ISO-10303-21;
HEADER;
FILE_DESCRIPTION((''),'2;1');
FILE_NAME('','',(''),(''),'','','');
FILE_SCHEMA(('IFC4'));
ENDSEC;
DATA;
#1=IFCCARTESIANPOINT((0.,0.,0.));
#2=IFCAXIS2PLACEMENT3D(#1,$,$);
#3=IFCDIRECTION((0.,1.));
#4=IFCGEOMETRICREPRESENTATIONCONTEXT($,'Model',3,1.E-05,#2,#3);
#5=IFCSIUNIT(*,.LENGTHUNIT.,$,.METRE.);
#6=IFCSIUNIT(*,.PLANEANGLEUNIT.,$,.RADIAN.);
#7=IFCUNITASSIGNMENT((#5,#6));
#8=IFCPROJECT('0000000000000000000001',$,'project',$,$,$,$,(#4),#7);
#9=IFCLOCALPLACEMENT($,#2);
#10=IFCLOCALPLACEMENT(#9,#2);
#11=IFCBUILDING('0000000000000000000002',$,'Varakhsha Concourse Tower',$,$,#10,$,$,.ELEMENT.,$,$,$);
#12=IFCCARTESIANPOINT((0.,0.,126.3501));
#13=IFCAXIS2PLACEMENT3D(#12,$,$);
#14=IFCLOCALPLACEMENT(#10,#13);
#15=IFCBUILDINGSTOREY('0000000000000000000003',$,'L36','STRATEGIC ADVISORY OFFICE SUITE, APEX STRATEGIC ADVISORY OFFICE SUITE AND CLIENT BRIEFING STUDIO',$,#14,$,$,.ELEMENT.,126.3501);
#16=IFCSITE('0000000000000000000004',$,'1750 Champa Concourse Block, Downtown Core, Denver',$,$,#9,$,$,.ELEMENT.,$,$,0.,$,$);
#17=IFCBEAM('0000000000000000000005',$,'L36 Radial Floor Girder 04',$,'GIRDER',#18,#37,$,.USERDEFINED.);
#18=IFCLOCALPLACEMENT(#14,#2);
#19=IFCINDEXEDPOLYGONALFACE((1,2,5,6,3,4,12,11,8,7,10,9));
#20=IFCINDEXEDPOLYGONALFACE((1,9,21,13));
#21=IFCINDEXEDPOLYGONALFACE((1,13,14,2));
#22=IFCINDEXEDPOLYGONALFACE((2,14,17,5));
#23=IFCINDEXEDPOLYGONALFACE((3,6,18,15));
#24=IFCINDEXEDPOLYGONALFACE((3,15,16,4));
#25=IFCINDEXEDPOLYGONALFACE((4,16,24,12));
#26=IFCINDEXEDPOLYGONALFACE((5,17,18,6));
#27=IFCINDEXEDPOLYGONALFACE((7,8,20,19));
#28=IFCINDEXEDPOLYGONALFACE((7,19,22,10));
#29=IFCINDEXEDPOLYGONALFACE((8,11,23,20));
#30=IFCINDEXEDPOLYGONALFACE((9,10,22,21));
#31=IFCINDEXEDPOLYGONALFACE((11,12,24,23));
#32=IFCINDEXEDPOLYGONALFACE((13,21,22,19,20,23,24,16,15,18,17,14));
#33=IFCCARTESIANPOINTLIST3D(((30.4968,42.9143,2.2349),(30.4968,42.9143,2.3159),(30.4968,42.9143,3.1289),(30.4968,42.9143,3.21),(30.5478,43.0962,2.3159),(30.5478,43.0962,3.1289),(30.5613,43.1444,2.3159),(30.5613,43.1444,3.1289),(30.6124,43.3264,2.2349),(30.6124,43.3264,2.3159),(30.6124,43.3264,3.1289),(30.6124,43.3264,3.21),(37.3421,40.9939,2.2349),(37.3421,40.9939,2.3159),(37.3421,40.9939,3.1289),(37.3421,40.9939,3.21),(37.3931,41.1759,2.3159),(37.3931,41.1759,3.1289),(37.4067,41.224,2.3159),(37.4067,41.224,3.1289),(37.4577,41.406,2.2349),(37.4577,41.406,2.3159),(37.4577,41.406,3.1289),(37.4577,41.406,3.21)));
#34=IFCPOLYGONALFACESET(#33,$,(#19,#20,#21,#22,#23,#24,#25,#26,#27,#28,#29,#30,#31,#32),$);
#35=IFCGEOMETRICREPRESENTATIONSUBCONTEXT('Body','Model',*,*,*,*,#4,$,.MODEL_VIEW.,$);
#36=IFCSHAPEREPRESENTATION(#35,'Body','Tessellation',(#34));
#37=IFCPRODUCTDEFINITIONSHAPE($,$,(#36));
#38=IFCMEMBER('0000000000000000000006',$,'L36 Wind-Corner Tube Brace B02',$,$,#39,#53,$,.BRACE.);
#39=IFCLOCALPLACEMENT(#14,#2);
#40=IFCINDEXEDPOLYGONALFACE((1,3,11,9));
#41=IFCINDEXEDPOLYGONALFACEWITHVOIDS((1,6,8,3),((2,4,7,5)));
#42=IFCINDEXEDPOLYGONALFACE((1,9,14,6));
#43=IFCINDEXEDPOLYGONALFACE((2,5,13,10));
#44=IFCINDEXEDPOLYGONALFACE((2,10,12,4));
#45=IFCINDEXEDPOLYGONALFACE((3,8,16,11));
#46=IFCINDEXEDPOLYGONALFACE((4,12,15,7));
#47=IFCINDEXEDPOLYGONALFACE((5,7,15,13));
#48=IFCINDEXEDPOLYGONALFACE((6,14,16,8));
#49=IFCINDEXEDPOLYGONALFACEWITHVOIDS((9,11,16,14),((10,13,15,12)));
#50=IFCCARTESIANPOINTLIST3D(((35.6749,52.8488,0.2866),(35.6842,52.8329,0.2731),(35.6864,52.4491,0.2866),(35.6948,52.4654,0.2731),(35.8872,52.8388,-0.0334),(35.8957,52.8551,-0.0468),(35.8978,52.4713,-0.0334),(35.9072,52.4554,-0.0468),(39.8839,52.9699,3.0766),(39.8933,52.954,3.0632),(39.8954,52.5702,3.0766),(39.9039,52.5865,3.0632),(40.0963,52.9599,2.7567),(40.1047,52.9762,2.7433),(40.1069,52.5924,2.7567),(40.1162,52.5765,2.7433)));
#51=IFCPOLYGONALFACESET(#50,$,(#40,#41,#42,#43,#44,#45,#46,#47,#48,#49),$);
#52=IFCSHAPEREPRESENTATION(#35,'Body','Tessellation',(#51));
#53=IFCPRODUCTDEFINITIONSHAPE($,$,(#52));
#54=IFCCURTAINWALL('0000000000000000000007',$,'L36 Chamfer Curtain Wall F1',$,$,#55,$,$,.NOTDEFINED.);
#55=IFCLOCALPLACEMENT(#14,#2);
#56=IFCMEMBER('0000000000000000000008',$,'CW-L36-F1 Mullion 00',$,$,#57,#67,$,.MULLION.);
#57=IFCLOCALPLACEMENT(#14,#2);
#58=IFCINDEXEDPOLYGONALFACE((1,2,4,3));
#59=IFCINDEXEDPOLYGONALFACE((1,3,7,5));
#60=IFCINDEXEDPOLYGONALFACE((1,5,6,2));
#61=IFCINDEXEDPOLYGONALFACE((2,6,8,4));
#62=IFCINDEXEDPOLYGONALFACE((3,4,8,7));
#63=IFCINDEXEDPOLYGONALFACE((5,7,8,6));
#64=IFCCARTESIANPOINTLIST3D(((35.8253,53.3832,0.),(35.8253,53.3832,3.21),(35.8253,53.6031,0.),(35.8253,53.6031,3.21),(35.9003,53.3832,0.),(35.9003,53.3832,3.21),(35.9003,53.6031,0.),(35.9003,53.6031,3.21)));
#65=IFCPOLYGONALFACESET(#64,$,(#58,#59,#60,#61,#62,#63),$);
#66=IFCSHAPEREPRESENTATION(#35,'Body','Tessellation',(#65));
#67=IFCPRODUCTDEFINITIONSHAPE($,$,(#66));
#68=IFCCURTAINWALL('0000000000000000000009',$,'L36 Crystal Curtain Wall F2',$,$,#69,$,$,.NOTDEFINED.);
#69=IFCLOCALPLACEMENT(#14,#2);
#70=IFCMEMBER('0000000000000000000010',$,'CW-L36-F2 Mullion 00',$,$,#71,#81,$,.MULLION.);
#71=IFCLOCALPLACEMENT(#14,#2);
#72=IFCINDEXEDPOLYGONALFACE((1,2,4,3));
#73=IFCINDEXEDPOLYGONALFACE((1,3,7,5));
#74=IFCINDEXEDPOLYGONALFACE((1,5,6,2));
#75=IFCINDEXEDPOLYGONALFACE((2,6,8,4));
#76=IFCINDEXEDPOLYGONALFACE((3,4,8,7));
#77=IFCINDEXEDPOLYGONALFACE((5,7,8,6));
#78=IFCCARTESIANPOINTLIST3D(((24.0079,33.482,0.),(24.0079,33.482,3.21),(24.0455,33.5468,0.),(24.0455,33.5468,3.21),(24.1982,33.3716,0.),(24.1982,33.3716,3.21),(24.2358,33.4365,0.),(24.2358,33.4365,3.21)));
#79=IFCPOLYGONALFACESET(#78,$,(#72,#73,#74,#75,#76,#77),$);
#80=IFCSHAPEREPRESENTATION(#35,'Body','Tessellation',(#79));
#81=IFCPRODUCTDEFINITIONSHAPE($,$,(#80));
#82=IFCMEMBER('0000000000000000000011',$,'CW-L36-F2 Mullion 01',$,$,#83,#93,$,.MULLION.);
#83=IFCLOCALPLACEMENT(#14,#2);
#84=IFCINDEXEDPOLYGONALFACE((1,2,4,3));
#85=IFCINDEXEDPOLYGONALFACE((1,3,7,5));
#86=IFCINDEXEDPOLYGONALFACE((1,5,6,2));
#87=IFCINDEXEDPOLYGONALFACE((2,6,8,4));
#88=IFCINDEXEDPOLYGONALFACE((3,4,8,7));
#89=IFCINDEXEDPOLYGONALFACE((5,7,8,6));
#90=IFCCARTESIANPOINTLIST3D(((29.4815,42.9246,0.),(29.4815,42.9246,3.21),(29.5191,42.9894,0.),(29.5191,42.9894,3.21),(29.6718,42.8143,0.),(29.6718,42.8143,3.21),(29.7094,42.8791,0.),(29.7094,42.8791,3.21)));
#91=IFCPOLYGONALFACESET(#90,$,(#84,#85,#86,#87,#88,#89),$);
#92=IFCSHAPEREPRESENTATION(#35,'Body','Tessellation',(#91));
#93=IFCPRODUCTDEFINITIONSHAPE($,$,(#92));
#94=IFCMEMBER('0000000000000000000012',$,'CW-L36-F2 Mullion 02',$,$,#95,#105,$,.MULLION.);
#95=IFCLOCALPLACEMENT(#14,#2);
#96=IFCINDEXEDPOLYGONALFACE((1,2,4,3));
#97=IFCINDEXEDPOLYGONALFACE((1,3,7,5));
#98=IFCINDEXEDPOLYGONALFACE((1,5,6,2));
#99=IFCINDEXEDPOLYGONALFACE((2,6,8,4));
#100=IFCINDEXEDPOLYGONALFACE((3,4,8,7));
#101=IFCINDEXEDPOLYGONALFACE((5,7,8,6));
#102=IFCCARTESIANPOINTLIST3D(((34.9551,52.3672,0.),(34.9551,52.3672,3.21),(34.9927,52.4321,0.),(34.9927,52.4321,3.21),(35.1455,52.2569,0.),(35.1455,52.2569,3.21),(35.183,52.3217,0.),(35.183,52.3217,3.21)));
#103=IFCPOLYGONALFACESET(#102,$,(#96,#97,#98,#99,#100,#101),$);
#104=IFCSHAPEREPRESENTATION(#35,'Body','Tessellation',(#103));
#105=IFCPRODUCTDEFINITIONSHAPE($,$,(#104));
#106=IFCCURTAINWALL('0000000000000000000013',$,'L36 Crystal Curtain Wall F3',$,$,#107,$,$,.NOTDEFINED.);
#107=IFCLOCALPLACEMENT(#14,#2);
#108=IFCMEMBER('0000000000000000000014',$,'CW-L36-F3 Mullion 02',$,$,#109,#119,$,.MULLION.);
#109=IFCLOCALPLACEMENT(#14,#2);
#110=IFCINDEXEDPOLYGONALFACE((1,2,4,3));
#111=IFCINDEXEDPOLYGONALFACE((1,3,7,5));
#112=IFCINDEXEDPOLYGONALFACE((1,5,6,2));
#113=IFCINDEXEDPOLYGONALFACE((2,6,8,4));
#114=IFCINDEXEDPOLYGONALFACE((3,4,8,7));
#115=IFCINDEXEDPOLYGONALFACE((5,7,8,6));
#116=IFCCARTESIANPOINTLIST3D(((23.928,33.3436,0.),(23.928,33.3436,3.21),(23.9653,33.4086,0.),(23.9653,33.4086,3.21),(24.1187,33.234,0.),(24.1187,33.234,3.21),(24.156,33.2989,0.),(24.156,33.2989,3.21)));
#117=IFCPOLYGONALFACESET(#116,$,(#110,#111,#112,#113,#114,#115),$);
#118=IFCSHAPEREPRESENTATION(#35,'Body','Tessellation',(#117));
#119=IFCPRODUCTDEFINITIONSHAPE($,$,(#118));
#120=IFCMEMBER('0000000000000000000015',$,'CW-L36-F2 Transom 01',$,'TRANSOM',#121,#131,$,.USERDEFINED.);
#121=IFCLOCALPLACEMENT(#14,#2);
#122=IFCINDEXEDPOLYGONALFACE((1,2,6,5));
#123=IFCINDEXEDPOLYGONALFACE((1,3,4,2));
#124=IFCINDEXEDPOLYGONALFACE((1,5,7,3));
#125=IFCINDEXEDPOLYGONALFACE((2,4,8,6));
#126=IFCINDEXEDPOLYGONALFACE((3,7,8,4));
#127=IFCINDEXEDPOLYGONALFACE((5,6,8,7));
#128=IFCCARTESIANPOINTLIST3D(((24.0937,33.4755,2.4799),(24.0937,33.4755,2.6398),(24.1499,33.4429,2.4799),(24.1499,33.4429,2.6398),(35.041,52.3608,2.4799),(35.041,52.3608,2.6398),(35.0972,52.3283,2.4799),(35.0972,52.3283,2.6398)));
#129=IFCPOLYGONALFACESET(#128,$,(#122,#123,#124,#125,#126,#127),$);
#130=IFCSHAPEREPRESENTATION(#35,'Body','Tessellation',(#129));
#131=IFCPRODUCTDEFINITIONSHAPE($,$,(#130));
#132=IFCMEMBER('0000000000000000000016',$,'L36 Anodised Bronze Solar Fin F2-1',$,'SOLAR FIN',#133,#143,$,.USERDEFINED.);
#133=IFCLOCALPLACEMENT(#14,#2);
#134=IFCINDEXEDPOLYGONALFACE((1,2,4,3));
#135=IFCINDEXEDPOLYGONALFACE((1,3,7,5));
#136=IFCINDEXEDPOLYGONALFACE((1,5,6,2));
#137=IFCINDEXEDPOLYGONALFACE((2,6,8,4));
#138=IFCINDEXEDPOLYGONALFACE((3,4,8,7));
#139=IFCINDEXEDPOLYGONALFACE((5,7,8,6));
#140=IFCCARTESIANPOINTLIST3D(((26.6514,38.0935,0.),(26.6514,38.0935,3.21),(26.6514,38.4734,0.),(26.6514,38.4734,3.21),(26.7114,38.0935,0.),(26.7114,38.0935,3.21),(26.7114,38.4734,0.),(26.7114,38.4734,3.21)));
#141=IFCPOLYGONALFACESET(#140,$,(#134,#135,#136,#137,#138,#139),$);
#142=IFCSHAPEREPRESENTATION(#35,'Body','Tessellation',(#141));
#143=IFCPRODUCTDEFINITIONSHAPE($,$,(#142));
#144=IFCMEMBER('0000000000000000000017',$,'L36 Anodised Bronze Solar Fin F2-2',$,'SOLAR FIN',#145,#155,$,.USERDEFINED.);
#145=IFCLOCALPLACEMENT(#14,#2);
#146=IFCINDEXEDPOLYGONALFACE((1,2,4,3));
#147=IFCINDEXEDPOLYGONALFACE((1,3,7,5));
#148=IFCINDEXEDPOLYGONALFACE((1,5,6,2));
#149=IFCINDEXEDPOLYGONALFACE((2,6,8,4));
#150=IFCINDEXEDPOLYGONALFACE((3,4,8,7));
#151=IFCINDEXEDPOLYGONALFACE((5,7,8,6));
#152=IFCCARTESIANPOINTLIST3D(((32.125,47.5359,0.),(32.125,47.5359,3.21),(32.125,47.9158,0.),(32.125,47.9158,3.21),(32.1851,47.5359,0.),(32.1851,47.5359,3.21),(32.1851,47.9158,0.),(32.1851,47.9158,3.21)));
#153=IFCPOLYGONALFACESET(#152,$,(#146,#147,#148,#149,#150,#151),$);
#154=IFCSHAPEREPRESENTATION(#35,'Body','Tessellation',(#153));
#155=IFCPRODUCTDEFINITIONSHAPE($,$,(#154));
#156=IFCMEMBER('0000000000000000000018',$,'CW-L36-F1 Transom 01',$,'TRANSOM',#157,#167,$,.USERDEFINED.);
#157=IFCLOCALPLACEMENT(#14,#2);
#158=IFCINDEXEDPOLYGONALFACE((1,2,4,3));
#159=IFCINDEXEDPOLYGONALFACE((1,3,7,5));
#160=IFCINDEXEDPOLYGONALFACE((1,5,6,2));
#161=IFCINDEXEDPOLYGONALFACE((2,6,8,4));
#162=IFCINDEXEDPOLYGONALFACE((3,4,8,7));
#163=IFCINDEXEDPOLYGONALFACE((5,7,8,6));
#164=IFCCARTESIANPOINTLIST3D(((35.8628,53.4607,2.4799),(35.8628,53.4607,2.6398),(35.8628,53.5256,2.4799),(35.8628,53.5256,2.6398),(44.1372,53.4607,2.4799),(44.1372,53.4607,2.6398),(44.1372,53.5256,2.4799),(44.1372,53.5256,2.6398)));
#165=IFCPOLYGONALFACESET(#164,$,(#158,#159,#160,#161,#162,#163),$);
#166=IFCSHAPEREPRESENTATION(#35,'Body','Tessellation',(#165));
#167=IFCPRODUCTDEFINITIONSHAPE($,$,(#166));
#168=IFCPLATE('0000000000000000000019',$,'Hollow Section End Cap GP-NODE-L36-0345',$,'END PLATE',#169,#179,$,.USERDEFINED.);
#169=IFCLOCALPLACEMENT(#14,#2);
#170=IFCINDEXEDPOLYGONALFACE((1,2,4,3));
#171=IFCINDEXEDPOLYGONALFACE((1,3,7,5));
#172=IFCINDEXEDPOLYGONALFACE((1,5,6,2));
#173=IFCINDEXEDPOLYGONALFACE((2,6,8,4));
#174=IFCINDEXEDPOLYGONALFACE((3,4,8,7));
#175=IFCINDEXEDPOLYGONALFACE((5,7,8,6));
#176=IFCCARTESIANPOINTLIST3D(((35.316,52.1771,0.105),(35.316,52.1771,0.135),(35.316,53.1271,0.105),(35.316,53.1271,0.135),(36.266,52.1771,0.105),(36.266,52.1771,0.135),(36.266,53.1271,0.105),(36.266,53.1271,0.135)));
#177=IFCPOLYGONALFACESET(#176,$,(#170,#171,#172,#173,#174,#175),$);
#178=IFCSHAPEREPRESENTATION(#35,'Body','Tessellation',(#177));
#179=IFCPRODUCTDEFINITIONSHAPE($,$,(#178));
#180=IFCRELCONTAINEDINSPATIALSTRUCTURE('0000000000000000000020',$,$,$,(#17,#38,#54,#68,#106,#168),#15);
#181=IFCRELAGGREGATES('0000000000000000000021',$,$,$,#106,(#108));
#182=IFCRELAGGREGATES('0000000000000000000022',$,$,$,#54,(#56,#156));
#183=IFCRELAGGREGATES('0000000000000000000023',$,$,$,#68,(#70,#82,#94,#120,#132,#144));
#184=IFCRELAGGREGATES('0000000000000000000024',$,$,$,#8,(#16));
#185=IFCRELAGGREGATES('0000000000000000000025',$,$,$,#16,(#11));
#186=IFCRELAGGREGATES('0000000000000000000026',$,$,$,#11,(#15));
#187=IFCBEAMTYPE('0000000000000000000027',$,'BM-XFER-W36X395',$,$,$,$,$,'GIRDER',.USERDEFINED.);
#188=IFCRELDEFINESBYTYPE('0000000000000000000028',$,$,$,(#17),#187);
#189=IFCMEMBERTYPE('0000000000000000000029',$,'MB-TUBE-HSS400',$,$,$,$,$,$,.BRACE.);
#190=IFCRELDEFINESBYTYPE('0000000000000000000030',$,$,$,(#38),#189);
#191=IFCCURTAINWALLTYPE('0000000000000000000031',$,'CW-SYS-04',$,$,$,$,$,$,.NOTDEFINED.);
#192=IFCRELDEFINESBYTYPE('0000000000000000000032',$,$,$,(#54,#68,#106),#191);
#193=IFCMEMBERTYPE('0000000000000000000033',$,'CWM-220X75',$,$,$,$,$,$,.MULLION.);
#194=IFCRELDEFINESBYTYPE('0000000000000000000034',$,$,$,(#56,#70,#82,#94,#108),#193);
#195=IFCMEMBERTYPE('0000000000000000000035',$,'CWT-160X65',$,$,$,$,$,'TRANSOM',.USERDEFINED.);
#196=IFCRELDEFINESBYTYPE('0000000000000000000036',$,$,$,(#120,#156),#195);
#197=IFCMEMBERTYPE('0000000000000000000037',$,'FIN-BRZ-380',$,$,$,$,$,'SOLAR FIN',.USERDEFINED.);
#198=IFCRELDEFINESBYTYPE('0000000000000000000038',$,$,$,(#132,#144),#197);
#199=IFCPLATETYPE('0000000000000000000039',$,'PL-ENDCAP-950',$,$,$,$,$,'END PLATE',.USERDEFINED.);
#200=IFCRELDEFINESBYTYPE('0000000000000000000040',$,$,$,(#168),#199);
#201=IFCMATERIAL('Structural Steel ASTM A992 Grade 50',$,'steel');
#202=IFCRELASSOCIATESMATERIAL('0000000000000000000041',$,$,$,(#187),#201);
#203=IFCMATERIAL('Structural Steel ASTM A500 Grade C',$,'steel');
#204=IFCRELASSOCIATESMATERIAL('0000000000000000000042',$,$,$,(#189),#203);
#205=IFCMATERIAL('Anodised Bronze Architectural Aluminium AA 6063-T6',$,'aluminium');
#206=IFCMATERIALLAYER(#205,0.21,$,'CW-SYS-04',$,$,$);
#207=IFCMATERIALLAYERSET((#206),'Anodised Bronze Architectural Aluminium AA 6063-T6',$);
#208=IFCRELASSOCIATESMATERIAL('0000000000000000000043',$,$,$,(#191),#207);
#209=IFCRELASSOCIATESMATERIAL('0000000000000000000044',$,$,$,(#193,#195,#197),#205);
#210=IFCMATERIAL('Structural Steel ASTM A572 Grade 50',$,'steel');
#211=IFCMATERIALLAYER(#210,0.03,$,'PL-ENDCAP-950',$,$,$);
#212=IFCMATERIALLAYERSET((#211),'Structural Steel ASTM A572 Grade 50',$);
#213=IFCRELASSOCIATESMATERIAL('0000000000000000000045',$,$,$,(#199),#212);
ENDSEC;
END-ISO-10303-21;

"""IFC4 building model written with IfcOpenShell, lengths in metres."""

from ifc_helpers import new_model, si_unit, direction, frame, origin, origin_2d, place, context, subcontext, project, spatial, rectangle, hollow_rectangle, i_section, extrude, source, transform, mapped, material, layer, layer_set, material_profile, profile_set, type_object, type_shapes, element, aggregate, save


model = new_model("IFC4")

# Units and contexts
model_context = context("Model", 3, precision=1e-05, world=origin(), true_north=direction((0.0, 1.0)))
body_context = subcontext(model_context, "Body", "Model", "MODEL_VIEW")
ifc_project = project(units=[si_unit("LENGTHUNIT", "METRE"), si_unit("PLANEANGLEUNIT", "RADIAN")], contexts=[model_context])

# Site, building, storey
site_placement = place(None, origin())
site = spatial("IfcSite", under=ifc_project, at=site_placement, Name="1750 Champa Concourse Block, Downtown Core, Denver", CompositionType="ELEMENT", RefElevation=0.0)
building_placement = place(site_placement, origin())
building = spatial("IfcBuilding", under=site, at=building_placement, Name="Varakhsha Concourse Tower", CompositionType="ELEMENT")
storey_placement = place(building_placement, frame((0.0, 0.0, 126.3501)))
storey = spatial("IfcBuildingStorey", under=building, at=storey_placement, Name="L36", Description="STRATEGIC ADVISORY OFFICE SUITE, APEX STRATEGIC ADVISORY OFFICE SUITE AND CLIENT BRIEFING STUDIO", CompositionType="ELEMENT", Elevation=126.3501)

# Shared definitions
ifc_material_1 = material(Name="Structural Steel ASTM A992 Grade 50", Category="steel")
ifc_material_2 = material(Name="Structural Steel ASTM A572 Grade 50", Category="steel")

# Beam
ifc_material_profile_1 = material_profile(ifc_material_1, i_section(OverallWidth=0.428, OverallDepth=0.9751, WebThickness=0.05, FlangeThickness=0.0811, at=origin_2d()), Name="W36X395")
ifc_profile_set_1 = profile_set([ifc_material_profile_1], Name="Structural Steel ASTM A992 Grade 50")
beam_type_1 = type_object("IfcBeamType", Name="BM-XFER-W36X395", ElementType="GIRDER", PredefinedType="USERDEFINED", material=ifc_profile_set_1)
beam_1_placement = place(storey_placement, frame((37.3999, 41.2, 2.7224), z_axis=(-0.962829, 0.27011, 0.0), x_axis=(-0.27011, -0.962829, 0.0)))
element("IfcBeam", 1, at=beam_1_placement, inside=storey, type_object=beam_type_1, Name="L36 Radial Floor Girder 04", ObjectType="GIRDER", PredefinedType="USERDEFINED", context=body_context, shape_type="SweptSolid", body=[
    extrude(i_section(OverallWidth=0.428, OverallDepth=0.9751, WebThickness=0.05, FlangeThickness=0.0811, at=origin_2d()), origin(), (0.0, 0.0, 1.0), 7.1096),
])

# Member
ifc_material_3 = material(Name="Structural Steel ASTM A500 Grade C", Category="steel")
ifc_material_profile_2 = material_profile(ifc_material_3, hollow_rectangle(XDim=0.3999, YDim=0.3999, WallThickness=0.0161, at=origin_2d()), Name="HSS 400x400x16")
ifc_profile_set_2 = profile_set([ifc_material_profile_2], Name="Structural Steel ASTM A500 Grade C")
member_type_1 = type_object("IfcMemberType", Name="MB-TUBE-HSS400", PredefinedType="BRACE", material=ifc_profile_set_2)
shared_shape_1 = source(origin(), body_context, "Body", "SweptSolid", [
    extrude(hollow_rectangle(XDim=0.3999, YDim=0.3999, WallThickness=0.0161, at=origin_2d()), origin(), (0.0, 0.0, 1.0), 5.0513),
])
type_shapes(member_type_1, [shared_shape_1])
member_1_placement = place(storey_placement, frame((35.791, 52.6521, 0.1199), z_axis=(0.833266, 0.023973, 0.552353), x_axis=(-0.028758, 0.999586, 0.0)))
element("IfcMember", 2, at=member_1_placement, inside=storey, type_object=member_type_1, Name="L36 Wind-Corner Tube Brace B02", PredefinedType="BRACE", context=body_context, shape_type="MappedRepresentation", body=[
    mapped(shared_shape_1, transform((0.0, 0.0, 0.0), scale=1.0)),
])

# Curtain wall, member
ifc_material_4 = material(Name="Anodised Bronze Architectural Aluminium AA 6063-T6", Category="aluminium")
ifc_layer_1 = layer(ifc_material_4, 0.21, Name="CW-SYS-04")
ifc_layer_set_1 = layer_set([ifc_layer_1], Name="Anodised Bronze Architectural Aluminium AA 6063-T6")
curtain_wall_type = type_object("IfcCurtainWallType", Name="CW-SYS-04", PredefinedType="NOTDEFINED", material=ifc_layer_set_1)
curtain_wall_1_placement = place(storey_placement, origin())
curtain_wall_1 = element("IfcCurtainWall", 3, at=curtain_wall_1_placement, inside=storey, type_object=curtain_wall_type, Name="L36 Chamfer Curtain Wall F1", PredefinedType="NOTDEFINED")
ifc_material_profile_3 = material_profile(ifc_material_4, rectangle(XDim=0.075, YDim=0.22, at=origin_2d()), Name="CWM-220X75")
ifc_profile_set_3 = profile_set([ifc_material_profile_3], Name="Anodised Bronze Architectural Aluminium AA 6063-T6")
member_type_2 = type_object("IfcMemberType", Name="CWM-220X75", PredefinedType="MULLION", material=ifc_profile_set_3)
shared_shape_2 = source(origin(), body_context, "Body", "SweptSolid", [
    extrude(rectangle(XDim=0.075, YDim=0.22, at=origin_2d()), origin(), (0.0, 0.0, 1.0), 3.21),
])
type_shapes(member_type_2, [shared_shape_2])
member_2_placement = place(storey_placement, frame((35.8628, 53.4932, 0.0), z_axis=(0.0, 0.0, 1.0), x_axis=(1.0, 0.0, 0.0)))
member_2 = element("IfcMember", 4, at=member_2_placement, type_object=member_type_2, Name="CW-L36-F1 Mullion 00", PredefinedType="MULLION", context=body_context, shape_type="MappedRepresentation", body=[
    mapped(shared_shape_2, transform((0.0, 0.0, 0.0), scale=1.0)),
])

# Curtain wall, members
curtain_wall_2_placement = place(storey_placement, origin())
curtain_wall_2 = element("IfcCurtainWall", 5, at=curtain_wall_2_placement, inside=storey, type_object=curtain_wall_type, Name="L36 Crystal Curtain Wall F2", PredefinedType="NOTDEFINED")
member_3_placement = place(storey_placement, frame((24.1218, 33.4592, 0.0), z_axis=(0.0, 0.0, 1.0), x_axis=(0.501514, 0.86515, 0.0)))
member_3 = element("IfcMember", 6, at=member_3_placement, type_object=member_type_2, Name="CW-L36-F2 Mullion 00", PredefinedType="MULLION", context=body_context, shape_type="MappedRepresentation", body=[
    mapped(shared_shape_2, transform((0.0, 0.0, 0.0), scale=1.0)),
])
member_4_placement = place(storey_placement, frame((29.5955, 42.9019, 0.0), z_axis=(0.0, 0.0, 1.0), x_axis=(0.501514, 0.86515, 0.0)))
member_4 = element("IfcMember", 7, at=member_4_placement, type_object=member_type_2, Name="CW-L36-F2 Mullion 01", PredefinedType="MULLION", context=body_context, shape_type="MappedRepresentation", body=[
    mapped(shared_shape_2, transform((0.0, 0.0, 0.0), scale=1.0)),
])
member_5_placement = place(storey_placement, frame((35.0691, 52.3445, 0.0), z_axis=(0.0, 0.0, 1.0), x_axis=(0.501514, 0.86515, 0.0)))
member_5 = element("IfcMember", 8, at=member_5_placement, type_object=member_type_2, Name="CW-L36-F2 Mullion 02", PredefinedType="MULLION", context=body_context, shape_type="MappedRepresentation", body=[
    mapped(shared_shape_2, transform((0.0, 0.0, 0.0), scale=1.0)),
])

# Curtain wall, member
curtain_wall_3_placement = place(storey_placement, origin())
curtain_wall_3 = element("IfcCurtainWall", 9, at=curtain_wall_3_placement, inside=storey, type_object=curtain_wall_type, Name="L36 Crystal Curtain Wall F3", PredefinedType="NOTDEFINED")
member_6_placement = place(storey_placement, frame((24.042, 33.3213, 0.0), z_axis=(0.0, 0.0, 1.0), x_axis=(0.498489, 0.866896, 0.0)))
member_6 = element("IfcMember", 10, at=member_6_placement, type_object=member_type_2, Name="CW-L36-F3 Mullion 02", PredefinedType="MULLION", context=body_context, shape_type="MappedRepresentation", body=[
    mapped(shared_shape_2, transform((0.0, 0.0, 0.0), scale=1.0)),
])
aggregate(curtain_wall_3, [member_6])

# Members
ifc_material_profile_4 = material_profile(ifc_material_4, rectangle(XDim=0.0649, YDim=0.1599, at=origin_2d()), Name="CWT-160X65")
ifc_profile_set_4 = profile_set([ifc_material_profile_4], Name="Anodised Bronze Architectural Aluminium AA 6063-T6")
member_type_3 = type_object("IfcMemberType", Name="CWT-160X65", ElementType="TRANSOM", PredefinedType="USERDEFINED", material=ifc_profile_set_4)
shared_shape_3 = source(origin(), body_context, "Body", "SweptSolid", [
    extrude(rectangle(XDim=0.0649, YDim=0.1599, at=origin_2d()), origin(), (0.0, 0.0, 1.0), 21.8289),
])
member_7_placement = place(storey_placement, frame((24.1218, 33.4592, 2.5598), z_axis=(0.501506, 0.865154, 0.0), x_axis=(-0.865154, 0.501506, 0.0)))
member_7 = element("IfcMember", 11, at=member_7_placement, type_object=member_type_3, Name="CW-L36-F2 Transom 01", ObjectType="TRANSOM", PredefinedType="USERDEFINED", context=body_context, shape_type="MappedRepresentation", body=[
    mapped(shared_shape_3, transform((0.0, 0.0, 0.0), scale=1.0)),
])
ifc_material_profile_5 = material_profile(ifc_material_4, rectangle(XDim=0.0601, YDim=0.3799, at=origin_2d()), Name="FIN-BRZ-380")
ifc_profile_set_5 = profile_set([ifc_material_profile_5], Name="Anodised Bronze Architectural Aluminium AA 6063-T6")
member_type_4 = type_object("IfcMemberType", Name="FIN-BRZ-380", ElementType="SOLAR FIN", PredefinedType="USERDEFINED", material=ifc_profile_set_5)
shared_shape_4 = source(origin(), body_context, "Body", "SweptSolid", [
    extrude(rectangle(XDim=0.0601, YDim=0.3799, at=origin_2d()), origin(), (0.0, 0.0, 1.0), 3.21),
])
type_shapes(member_type_4, [shared_shape_4])
member_8_placement = place(storey_placement, frame((26.6814, 38.2834, 0.0), z_axis=(0.0, 0.0, 1.0), x_axis=(1.0, 0.0, 0.0)))
member_8 = element("IfcMember", 12, at=member_8_placement, type_object=member_type_4, Name="L36 Anodised Bronze Solar Fin F2-1", ObjectType="SOLAR FIN", PredefinedType="USERDEFINED", context=body_context, shape_type="MappedRepresentation", body=[
    mapped(shared_shape_4, transform((0.0, 0.0, 0.0), scale=1.0)),
])
member_9_placement = place(storey_placement, frame((32.155, 47.7258, 0.0), z_axis=(0.0, 0.0, 1.0), x_axis=(1.0, 0.0, 0.0)))
member_9 = element("IfcMember", 13, at=member_9_placement, type_object=member_type_4, Name="L36 Anodised Bronze Solar Fin F2-2", ObjectType="SOLAR FIN", PredefinedType="USERDEFINED", context=body_context, shape_type="MappedRepresentation", body=[
    mapped(shared_shape_4, transform((0.0, 0.0, 0.0), scale=1.0)),
])
shared_shape_5 = source(origin(), body_context, "Body", "SweptSolid", [
    extrude(rectangle(XDim=0.0649, YDim=0.1599, at=origin_2d()), origin(), (0.0, 0.0, 1.0), 8.2744),
])
type_shapes(member_type_3, [shared_shape_3, shared_shape_5])
member_10_placement = place(storey_placement, frame((35.8628, 53.4932, 2.5598), z_axis=(1.0, 0.0, 0.0), x_axis=(0.0, 1.0, 0.0)))
member_10 = element("IfcMember", 14, at=member_10_placement, type_object=member_type_3, Name="CW-L36-F1 Transom 01", ObjectType="TRANSOM", PredefinedType="USERDEFINED", context=body_context, shape_type="MappedRepresentation", body=[
    mapped(shared_shape_5, transform((0.0, 0.0, 0.0), scale=1.0)),
])
aggregate(curtain_wall_1, [member_2, member_10])

# Plate
ifc_layer_2 = layer(ifc_material_2, 0.03, Name="PL-ENDCAP-950")
ifc_layer_set_2 = layer_set([ifc_layer_2], Name="Structural Steel ASTM A572 Grade 50")
plate_type_1 = type_object("IfcPlateType", Name="PL-ENDCAP-950", ElementType="END PLATE", PredefinedType="USERDEFINED", material=ifc_layer_set_2)
shared_shape_6 = source(origin(), body_context, "Body", "SweptSolid", [
    extrude(rectangle(XDim=0.95, YDim=0.95, at=origin_2d()), origin(), (0.0, 0.0, 1.0), 0.03),
])
type_shapes(plate_type_1, [shared_shape_6])
plate_1_placement = place(storey_placement, frame((35.791, 52.6521, 0.105), z_axis=(0.0, 0.0, 1.0), x_axis=(1.0, 0.0, 0.0)))
element("IfcPlate", 15, at=plate_1_placement, inside=storey, type_object=plate_type_1, Name="Hollow Section End Cap GP-NODE-L36-0345", ObjectType="END PLATE", PredefinedType="USERDEFINED", context=body_context, shape_type="MappedRepresentation", body=[
    mapped(shared_shape_6, transform((0.0, 0.0, 0.0), scale=1.0)),
])
aggregate(curtain_wall_2, [member_3, member_4, member_5, member_7, member_8, member_9])

save(model, "model.ifc")
